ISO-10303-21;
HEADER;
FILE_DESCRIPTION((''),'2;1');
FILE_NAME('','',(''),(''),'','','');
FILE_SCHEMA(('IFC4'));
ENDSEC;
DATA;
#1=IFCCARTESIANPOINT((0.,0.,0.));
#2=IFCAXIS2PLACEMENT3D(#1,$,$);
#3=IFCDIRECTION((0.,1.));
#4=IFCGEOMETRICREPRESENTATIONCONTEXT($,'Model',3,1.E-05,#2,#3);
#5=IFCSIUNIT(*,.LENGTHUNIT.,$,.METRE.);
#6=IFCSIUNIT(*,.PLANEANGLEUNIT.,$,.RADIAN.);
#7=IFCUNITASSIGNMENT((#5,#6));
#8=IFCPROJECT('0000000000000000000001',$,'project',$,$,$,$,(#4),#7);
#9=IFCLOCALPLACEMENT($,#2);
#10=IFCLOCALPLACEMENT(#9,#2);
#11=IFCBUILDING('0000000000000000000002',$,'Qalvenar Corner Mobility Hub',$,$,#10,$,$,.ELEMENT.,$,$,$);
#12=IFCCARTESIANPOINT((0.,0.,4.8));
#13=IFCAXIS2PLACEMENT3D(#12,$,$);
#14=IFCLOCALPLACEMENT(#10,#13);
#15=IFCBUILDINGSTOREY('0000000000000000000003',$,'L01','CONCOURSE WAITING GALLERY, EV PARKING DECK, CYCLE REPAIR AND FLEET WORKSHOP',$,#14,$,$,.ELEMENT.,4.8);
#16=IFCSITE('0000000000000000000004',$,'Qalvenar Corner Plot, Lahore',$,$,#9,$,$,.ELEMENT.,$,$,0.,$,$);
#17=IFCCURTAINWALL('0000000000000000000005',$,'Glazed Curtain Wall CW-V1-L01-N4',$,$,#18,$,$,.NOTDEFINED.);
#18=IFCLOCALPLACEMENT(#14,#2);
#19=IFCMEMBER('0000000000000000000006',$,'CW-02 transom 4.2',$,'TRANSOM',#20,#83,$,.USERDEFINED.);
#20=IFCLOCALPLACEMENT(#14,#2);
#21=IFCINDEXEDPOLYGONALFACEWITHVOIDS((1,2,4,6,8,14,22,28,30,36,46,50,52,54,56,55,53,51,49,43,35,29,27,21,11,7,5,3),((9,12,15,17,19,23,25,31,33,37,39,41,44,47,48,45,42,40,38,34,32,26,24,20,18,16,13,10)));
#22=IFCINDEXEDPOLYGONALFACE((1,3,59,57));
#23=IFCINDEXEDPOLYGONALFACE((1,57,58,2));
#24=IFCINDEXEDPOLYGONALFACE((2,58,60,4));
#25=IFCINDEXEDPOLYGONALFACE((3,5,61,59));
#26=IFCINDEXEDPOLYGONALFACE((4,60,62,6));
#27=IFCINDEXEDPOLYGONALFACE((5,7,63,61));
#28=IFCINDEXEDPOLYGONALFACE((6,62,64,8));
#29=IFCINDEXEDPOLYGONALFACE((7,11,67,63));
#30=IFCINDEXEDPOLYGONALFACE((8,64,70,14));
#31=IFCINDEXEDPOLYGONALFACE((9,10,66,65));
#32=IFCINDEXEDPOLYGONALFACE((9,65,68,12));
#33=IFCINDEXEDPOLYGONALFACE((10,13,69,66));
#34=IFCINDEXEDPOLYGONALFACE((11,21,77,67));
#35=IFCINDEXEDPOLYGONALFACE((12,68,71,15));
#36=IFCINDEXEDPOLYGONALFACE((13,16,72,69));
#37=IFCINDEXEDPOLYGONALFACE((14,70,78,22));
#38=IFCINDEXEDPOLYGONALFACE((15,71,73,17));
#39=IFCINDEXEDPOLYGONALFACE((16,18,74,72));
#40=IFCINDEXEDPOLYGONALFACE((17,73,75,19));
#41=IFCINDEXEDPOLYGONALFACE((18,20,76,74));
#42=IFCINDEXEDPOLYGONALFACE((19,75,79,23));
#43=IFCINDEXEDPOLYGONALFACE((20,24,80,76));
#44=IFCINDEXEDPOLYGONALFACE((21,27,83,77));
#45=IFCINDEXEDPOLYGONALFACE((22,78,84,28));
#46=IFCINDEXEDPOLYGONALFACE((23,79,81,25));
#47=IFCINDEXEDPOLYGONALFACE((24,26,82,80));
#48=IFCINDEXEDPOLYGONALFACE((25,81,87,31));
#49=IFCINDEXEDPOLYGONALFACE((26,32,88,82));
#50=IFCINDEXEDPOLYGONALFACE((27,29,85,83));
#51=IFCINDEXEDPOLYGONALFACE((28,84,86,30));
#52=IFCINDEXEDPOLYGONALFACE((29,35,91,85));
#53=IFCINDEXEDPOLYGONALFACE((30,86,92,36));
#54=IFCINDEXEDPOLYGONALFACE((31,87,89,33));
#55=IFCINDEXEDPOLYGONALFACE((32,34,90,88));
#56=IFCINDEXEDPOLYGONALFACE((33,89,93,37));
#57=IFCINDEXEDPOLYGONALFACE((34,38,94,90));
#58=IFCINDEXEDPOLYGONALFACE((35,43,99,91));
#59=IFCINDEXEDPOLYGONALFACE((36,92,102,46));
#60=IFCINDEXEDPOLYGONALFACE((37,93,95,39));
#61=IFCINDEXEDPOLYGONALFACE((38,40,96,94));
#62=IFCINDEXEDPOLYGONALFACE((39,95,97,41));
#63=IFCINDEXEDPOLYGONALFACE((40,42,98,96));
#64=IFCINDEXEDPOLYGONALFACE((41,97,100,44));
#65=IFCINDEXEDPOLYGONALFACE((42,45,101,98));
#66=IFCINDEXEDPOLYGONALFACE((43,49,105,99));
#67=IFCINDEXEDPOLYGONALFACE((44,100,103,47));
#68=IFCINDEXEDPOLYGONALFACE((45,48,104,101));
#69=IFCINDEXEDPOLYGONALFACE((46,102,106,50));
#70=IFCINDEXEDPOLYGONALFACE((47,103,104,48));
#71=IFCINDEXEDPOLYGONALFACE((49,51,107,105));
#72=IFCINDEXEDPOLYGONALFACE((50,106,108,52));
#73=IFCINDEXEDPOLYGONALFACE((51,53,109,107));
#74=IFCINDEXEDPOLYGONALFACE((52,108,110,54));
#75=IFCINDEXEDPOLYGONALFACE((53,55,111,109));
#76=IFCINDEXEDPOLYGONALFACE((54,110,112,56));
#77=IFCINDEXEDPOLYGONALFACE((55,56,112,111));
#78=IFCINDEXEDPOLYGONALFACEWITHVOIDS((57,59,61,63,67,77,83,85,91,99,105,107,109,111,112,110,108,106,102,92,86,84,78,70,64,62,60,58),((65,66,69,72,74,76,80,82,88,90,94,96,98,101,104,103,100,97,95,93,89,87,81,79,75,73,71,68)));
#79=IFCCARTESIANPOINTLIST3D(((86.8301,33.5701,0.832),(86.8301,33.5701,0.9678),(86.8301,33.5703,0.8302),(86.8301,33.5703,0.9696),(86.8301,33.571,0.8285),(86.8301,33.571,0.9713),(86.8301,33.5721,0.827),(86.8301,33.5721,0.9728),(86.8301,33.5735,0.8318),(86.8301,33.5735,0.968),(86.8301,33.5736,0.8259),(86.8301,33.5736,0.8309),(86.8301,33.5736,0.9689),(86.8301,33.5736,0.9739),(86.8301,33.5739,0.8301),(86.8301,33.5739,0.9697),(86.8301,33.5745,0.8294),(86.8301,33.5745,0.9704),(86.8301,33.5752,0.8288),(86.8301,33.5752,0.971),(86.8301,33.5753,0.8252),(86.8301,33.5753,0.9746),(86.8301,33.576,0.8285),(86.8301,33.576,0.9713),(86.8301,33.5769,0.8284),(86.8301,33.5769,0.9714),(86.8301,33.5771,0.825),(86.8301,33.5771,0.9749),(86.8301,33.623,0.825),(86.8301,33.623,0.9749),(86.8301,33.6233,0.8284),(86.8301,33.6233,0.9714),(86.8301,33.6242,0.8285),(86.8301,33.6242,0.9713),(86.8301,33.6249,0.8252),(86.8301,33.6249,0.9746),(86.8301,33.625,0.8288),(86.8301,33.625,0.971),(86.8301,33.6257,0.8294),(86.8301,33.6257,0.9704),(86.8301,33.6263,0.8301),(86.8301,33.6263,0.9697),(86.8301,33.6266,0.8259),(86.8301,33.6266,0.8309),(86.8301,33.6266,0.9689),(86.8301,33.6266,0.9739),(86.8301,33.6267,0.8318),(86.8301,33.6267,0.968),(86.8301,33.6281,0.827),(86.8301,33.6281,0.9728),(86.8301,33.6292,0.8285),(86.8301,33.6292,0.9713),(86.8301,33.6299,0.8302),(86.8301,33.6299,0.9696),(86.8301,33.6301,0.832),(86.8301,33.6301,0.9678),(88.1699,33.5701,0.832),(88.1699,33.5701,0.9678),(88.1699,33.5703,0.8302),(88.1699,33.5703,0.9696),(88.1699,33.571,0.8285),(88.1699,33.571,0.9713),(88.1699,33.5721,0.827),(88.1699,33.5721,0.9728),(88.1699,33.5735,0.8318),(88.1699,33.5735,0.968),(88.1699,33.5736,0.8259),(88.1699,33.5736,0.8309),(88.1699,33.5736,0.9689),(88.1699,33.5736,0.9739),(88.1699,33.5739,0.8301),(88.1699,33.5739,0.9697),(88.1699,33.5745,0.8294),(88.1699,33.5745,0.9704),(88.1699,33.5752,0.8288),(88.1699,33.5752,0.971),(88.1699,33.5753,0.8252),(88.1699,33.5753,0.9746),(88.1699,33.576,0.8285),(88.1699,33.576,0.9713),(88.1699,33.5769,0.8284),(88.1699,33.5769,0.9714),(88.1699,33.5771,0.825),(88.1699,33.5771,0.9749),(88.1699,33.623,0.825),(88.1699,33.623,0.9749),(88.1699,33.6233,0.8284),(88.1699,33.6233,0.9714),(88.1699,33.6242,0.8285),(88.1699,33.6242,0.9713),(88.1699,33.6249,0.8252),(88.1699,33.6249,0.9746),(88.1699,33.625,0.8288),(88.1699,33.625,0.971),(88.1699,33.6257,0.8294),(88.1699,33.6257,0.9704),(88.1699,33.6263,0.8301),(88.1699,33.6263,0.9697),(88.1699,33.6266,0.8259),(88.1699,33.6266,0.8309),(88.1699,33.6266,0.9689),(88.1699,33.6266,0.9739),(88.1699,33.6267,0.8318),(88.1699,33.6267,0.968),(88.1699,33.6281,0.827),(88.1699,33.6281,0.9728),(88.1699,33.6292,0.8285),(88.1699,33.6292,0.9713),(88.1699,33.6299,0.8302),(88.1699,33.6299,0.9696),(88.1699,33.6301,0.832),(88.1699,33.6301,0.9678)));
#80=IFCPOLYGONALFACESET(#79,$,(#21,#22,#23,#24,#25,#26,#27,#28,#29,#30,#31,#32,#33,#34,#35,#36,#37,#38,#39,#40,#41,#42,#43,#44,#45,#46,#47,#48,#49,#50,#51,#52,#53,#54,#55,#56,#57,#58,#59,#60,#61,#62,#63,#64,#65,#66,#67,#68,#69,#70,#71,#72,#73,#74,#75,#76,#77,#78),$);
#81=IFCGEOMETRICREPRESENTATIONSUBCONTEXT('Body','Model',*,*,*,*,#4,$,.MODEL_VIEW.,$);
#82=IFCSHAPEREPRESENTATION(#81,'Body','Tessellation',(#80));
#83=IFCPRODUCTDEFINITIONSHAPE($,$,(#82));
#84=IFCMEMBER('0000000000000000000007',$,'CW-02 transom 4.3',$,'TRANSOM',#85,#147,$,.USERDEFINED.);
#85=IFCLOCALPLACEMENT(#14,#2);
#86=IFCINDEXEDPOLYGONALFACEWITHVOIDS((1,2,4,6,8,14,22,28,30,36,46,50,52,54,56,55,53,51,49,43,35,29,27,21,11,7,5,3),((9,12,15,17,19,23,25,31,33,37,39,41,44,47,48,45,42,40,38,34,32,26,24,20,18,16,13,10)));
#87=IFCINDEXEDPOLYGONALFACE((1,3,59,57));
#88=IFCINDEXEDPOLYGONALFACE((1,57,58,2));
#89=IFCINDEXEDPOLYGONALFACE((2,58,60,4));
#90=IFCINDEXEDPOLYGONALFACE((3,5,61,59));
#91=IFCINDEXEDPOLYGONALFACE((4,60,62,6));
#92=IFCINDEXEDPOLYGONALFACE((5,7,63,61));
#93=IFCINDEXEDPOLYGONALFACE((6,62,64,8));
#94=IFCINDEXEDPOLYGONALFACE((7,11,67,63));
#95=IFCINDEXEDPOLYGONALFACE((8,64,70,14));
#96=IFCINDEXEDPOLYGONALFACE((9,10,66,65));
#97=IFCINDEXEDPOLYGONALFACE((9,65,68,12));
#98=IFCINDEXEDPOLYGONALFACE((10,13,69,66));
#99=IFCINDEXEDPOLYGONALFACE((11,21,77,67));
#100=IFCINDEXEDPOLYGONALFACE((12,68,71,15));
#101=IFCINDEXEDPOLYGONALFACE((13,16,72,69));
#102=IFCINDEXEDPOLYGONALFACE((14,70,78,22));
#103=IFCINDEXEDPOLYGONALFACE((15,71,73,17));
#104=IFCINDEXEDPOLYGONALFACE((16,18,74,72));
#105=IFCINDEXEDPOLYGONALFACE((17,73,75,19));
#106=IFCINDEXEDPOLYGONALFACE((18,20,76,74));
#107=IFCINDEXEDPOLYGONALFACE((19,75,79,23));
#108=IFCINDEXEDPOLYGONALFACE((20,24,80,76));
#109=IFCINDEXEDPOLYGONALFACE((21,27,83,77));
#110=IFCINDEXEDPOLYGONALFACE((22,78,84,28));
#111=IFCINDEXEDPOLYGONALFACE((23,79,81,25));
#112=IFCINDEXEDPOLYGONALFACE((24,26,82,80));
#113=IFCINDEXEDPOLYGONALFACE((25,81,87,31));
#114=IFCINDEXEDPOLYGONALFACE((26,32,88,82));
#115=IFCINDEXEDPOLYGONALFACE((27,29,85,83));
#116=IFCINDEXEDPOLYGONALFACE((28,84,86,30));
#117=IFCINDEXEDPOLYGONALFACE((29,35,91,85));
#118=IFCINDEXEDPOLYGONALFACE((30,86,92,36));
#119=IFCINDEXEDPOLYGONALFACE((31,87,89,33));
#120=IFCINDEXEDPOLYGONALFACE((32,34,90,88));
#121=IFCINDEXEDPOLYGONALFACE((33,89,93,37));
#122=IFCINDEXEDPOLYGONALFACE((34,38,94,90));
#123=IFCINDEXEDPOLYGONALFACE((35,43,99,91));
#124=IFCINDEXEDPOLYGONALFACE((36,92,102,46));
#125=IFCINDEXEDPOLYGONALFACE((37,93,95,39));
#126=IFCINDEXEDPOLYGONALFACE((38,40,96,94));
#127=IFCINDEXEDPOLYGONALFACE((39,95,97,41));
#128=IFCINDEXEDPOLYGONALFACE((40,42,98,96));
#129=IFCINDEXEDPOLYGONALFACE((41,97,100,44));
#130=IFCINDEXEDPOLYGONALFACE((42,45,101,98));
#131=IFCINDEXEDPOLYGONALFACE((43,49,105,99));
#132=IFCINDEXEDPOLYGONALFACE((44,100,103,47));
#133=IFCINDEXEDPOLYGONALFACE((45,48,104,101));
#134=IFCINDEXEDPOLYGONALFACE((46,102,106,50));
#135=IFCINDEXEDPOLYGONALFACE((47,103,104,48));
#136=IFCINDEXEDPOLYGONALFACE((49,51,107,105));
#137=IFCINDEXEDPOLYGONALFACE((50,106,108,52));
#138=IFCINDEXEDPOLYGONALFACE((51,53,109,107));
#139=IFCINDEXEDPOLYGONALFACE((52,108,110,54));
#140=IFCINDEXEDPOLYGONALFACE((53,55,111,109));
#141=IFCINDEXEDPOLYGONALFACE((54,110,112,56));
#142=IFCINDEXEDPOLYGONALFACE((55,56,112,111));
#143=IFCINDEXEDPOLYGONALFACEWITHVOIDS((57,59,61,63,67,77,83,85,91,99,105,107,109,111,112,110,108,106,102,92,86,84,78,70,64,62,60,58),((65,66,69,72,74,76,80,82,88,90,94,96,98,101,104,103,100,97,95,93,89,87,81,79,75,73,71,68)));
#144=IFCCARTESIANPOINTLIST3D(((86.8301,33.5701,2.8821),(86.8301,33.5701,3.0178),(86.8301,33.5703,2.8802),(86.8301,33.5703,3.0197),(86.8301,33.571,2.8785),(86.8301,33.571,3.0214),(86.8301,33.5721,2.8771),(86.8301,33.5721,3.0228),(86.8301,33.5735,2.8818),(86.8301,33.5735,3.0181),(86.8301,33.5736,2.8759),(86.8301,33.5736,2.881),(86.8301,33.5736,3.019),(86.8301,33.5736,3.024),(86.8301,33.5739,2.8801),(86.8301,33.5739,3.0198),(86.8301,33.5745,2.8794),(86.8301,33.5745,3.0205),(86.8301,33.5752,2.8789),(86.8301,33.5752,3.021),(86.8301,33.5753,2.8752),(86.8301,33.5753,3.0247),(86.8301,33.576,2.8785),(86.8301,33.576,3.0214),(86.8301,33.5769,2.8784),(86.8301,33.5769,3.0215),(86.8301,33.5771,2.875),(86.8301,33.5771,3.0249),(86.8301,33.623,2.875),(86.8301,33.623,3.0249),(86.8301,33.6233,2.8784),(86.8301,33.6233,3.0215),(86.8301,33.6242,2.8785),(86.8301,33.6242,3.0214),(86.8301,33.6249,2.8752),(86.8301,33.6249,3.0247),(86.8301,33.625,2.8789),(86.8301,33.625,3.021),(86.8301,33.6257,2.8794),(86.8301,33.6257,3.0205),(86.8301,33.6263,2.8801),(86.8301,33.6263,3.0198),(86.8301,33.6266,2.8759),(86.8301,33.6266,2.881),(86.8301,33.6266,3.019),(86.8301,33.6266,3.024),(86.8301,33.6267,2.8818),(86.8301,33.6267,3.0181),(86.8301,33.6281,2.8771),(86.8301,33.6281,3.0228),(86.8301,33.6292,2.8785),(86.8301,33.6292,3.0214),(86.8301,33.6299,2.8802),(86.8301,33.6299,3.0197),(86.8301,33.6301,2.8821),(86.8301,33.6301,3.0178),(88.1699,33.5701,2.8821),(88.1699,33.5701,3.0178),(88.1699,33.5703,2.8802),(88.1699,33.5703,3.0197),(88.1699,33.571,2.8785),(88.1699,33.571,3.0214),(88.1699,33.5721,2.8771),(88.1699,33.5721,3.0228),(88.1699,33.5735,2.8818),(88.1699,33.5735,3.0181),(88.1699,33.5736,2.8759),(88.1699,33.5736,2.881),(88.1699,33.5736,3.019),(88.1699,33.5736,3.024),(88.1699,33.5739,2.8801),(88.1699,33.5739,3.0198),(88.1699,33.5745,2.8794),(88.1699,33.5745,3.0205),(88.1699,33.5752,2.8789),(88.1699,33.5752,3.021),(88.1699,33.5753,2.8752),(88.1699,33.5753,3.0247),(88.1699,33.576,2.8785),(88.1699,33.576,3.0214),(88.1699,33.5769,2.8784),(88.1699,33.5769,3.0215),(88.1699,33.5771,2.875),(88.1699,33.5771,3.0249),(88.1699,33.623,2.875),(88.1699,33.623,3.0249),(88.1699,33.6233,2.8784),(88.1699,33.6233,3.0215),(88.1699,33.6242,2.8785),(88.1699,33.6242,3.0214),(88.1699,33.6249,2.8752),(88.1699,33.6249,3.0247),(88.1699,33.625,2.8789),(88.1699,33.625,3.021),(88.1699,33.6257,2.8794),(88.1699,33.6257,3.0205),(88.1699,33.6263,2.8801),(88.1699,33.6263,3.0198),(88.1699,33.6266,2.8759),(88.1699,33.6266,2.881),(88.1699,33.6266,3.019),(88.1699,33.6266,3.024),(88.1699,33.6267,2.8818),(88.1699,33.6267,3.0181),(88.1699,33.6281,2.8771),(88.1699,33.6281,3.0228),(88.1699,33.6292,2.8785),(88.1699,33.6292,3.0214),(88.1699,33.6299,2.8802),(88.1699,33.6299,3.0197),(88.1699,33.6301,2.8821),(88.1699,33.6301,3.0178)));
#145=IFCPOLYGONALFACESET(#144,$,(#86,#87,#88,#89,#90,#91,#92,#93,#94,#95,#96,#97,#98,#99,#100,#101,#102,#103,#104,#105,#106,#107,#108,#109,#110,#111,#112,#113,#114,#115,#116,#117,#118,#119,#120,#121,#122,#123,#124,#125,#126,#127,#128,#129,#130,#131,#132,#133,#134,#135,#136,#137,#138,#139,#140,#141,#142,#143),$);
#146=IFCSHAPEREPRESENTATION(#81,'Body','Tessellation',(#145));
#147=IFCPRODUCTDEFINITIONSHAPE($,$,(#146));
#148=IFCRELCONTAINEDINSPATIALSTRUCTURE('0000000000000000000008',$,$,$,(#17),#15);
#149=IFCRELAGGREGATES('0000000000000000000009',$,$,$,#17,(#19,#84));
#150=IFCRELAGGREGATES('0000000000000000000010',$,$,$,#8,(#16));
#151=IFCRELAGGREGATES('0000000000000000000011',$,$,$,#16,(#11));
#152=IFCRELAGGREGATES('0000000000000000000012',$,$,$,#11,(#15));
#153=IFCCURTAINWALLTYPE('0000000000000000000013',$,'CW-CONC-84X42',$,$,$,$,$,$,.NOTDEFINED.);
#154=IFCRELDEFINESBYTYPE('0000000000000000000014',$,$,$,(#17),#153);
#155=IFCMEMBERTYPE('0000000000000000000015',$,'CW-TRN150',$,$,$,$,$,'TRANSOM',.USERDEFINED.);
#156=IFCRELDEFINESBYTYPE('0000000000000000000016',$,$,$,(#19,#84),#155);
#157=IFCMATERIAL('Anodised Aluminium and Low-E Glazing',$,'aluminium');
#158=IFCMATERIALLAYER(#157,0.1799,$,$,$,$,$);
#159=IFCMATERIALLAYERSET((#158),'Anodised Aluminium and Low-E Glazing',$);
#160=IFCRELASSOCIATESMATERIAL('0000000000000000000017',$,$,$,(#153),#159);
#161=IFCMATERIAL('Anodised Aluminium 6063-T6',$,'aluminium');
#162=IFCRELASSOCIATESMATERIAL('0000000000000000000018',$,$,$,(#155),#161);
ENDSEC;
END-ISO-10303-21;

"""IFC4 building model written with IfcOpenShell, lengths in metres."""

from ifc_helpers import new_model, si_unit, direction, frame, origin, origin_2d, place, context, subcontext, project, spatial, hollow_rectangle, extrude, material, layer, layer_set, material_profile, profile_set, type_object, element, aggregate, save


model = new_model("IFC4")

# Units and contexts
model_context = context("Model", 3, precision=1e-05, world=origin(), true_north=direction((0.0, 1.0)))
body_context = subcontext(model_context, "Body", "Model", "MODEL_VIEW")
ifc_project = project(units=[si_unit("LENGTHUNIT", "METRE"), si_unit("PLANEANGLEUNIT", "RADIAN")], contexts=[model_context])

# Site, building, storey
site_placement = place(None, origin())
site = spatial("IfcSite", under=ifc_project, at=site_placement, Name="Qalvenar Corner Plot, Lahore", CompositionType="ELEMENT", RefElevation=0.0)
building_placement = place(site_placement, origin())
building = spatial("IfcBuilding", under=site, at=building_placement, Name="Qalvenar Corner Mobility Hub", CompositionType="ELEMENT")
storey_placement = place(building_placement, frame((0.0, 0.0, 4.8)))
storey = spatial("IfcBuildingStorey", under=building, at=storey_placement, Name="L01", Description="CONCOURSE WAITING GALLERY, EV PARKING DECK, CYCLE REPAIR AND FLEET WORKSHOP", CompositionType="ELEMENT", Elevation=4.8)

# Curtain wall, members
ifc_material_1 = material(Name="Anodised Aluminium and Low-E Glazing", Category="aluminium")
ifc_layer_1 = layer(ifc_material_1, 0.1799)
ifc_layer_set_1 = layer_set([ifc_layer_1], Name="Anodised Aluminium and Low-E Glazing")
curtain_wall_type = type_object("IfcCurtainWallType", Name="CW-CONC-84X42", PredefinedType="NOTDEFINED", material=ifc_layer_set_1)
curtain_wall_placement = place(storey_placement, origin())
curtain_wall = element("IfcCurtainWall", 1, at=curtain_wall_placement, inside=storey, type_object=curtain_wall_type, Name="Glazed Curtain Wall CW-V1-L01-N4", PredefinedType="NOTDEFINED")
ifc_material_2 = material(Name="Anodised Aluminium 6063-T6", Category="aluminium")
ifc_material_profile_1 = material_profile(ifc_material_2, hollow_rectangle(XDim=0.0601, YDim=0.1499, WallThickness=0.0034, InnerFilletRadius=0.0034, OuterFilletRadius=0.0071, at=origin_2d()), Name="RHS150x60x3.5")
ifc_profile_set_1 = profile_set([ifc_material_profile_1], Name="Anodised Aluminium 6063-T6")
member_type_1 = type_object("IfcMemberType", Name="CW-TRN150", ElementType="TRANSOM", PredefinedType="USERDEFINED", material=ifc_profile_set_1)
member_1_placement = place(storey_placement, frame((88.1699, 33.6001, 0.8999), z_axis=(-1.0, 0.0, 0.0), x_axis=(0.0, -1.0, 0.0)))
member_1 = element("IfcMember", 2, at=member_1_placement, type_object=member_type_1, Name="CW-02 transom 4.2", ObjectType="TRANSOM", PredefinedType="USERDEFINED", context=body_context, shape_type="SweptSolid", body=[
    extrude(hollow_rectangle(XDim=0.0601, YDim=0.1499, WallThickness=0.0034, InnerFilletRadius=0.0034, OuterFilletRadius=0.0071, at=origin_2d()), origin(), (0.0, 0.0, 1.0), 1.3398),
])
member_2_placement = place(storey_placement, frame((88.1699, 33.6001, 2.95), z_axis=(-1.0, 0.0, 0.0), x_axis=(0.0, -1.0, 0.0)))
member_2 = element("IfcMember", 3, at=member_2_placement, type_object=member_type_1, Name="CW-02 transom 4.3", ObjectType="TRANSOM", PredefinedType="USERDEFINED", context=body_context, shape_type="SweptSolid", body=[
    extrude(hollow_rectangle(XDim=0.0601, YDim=0.1499, WallThickness=0.0034, InnerFilletRadius=0.0034, OuterFilletRadius=0.0071, at=origin_2d()), origin(), (0.0, 0.0, 1.0), 1.3398),
])
aggregate(curtain_wall, [member_1, member_2])

save(model, "model.ifc")
